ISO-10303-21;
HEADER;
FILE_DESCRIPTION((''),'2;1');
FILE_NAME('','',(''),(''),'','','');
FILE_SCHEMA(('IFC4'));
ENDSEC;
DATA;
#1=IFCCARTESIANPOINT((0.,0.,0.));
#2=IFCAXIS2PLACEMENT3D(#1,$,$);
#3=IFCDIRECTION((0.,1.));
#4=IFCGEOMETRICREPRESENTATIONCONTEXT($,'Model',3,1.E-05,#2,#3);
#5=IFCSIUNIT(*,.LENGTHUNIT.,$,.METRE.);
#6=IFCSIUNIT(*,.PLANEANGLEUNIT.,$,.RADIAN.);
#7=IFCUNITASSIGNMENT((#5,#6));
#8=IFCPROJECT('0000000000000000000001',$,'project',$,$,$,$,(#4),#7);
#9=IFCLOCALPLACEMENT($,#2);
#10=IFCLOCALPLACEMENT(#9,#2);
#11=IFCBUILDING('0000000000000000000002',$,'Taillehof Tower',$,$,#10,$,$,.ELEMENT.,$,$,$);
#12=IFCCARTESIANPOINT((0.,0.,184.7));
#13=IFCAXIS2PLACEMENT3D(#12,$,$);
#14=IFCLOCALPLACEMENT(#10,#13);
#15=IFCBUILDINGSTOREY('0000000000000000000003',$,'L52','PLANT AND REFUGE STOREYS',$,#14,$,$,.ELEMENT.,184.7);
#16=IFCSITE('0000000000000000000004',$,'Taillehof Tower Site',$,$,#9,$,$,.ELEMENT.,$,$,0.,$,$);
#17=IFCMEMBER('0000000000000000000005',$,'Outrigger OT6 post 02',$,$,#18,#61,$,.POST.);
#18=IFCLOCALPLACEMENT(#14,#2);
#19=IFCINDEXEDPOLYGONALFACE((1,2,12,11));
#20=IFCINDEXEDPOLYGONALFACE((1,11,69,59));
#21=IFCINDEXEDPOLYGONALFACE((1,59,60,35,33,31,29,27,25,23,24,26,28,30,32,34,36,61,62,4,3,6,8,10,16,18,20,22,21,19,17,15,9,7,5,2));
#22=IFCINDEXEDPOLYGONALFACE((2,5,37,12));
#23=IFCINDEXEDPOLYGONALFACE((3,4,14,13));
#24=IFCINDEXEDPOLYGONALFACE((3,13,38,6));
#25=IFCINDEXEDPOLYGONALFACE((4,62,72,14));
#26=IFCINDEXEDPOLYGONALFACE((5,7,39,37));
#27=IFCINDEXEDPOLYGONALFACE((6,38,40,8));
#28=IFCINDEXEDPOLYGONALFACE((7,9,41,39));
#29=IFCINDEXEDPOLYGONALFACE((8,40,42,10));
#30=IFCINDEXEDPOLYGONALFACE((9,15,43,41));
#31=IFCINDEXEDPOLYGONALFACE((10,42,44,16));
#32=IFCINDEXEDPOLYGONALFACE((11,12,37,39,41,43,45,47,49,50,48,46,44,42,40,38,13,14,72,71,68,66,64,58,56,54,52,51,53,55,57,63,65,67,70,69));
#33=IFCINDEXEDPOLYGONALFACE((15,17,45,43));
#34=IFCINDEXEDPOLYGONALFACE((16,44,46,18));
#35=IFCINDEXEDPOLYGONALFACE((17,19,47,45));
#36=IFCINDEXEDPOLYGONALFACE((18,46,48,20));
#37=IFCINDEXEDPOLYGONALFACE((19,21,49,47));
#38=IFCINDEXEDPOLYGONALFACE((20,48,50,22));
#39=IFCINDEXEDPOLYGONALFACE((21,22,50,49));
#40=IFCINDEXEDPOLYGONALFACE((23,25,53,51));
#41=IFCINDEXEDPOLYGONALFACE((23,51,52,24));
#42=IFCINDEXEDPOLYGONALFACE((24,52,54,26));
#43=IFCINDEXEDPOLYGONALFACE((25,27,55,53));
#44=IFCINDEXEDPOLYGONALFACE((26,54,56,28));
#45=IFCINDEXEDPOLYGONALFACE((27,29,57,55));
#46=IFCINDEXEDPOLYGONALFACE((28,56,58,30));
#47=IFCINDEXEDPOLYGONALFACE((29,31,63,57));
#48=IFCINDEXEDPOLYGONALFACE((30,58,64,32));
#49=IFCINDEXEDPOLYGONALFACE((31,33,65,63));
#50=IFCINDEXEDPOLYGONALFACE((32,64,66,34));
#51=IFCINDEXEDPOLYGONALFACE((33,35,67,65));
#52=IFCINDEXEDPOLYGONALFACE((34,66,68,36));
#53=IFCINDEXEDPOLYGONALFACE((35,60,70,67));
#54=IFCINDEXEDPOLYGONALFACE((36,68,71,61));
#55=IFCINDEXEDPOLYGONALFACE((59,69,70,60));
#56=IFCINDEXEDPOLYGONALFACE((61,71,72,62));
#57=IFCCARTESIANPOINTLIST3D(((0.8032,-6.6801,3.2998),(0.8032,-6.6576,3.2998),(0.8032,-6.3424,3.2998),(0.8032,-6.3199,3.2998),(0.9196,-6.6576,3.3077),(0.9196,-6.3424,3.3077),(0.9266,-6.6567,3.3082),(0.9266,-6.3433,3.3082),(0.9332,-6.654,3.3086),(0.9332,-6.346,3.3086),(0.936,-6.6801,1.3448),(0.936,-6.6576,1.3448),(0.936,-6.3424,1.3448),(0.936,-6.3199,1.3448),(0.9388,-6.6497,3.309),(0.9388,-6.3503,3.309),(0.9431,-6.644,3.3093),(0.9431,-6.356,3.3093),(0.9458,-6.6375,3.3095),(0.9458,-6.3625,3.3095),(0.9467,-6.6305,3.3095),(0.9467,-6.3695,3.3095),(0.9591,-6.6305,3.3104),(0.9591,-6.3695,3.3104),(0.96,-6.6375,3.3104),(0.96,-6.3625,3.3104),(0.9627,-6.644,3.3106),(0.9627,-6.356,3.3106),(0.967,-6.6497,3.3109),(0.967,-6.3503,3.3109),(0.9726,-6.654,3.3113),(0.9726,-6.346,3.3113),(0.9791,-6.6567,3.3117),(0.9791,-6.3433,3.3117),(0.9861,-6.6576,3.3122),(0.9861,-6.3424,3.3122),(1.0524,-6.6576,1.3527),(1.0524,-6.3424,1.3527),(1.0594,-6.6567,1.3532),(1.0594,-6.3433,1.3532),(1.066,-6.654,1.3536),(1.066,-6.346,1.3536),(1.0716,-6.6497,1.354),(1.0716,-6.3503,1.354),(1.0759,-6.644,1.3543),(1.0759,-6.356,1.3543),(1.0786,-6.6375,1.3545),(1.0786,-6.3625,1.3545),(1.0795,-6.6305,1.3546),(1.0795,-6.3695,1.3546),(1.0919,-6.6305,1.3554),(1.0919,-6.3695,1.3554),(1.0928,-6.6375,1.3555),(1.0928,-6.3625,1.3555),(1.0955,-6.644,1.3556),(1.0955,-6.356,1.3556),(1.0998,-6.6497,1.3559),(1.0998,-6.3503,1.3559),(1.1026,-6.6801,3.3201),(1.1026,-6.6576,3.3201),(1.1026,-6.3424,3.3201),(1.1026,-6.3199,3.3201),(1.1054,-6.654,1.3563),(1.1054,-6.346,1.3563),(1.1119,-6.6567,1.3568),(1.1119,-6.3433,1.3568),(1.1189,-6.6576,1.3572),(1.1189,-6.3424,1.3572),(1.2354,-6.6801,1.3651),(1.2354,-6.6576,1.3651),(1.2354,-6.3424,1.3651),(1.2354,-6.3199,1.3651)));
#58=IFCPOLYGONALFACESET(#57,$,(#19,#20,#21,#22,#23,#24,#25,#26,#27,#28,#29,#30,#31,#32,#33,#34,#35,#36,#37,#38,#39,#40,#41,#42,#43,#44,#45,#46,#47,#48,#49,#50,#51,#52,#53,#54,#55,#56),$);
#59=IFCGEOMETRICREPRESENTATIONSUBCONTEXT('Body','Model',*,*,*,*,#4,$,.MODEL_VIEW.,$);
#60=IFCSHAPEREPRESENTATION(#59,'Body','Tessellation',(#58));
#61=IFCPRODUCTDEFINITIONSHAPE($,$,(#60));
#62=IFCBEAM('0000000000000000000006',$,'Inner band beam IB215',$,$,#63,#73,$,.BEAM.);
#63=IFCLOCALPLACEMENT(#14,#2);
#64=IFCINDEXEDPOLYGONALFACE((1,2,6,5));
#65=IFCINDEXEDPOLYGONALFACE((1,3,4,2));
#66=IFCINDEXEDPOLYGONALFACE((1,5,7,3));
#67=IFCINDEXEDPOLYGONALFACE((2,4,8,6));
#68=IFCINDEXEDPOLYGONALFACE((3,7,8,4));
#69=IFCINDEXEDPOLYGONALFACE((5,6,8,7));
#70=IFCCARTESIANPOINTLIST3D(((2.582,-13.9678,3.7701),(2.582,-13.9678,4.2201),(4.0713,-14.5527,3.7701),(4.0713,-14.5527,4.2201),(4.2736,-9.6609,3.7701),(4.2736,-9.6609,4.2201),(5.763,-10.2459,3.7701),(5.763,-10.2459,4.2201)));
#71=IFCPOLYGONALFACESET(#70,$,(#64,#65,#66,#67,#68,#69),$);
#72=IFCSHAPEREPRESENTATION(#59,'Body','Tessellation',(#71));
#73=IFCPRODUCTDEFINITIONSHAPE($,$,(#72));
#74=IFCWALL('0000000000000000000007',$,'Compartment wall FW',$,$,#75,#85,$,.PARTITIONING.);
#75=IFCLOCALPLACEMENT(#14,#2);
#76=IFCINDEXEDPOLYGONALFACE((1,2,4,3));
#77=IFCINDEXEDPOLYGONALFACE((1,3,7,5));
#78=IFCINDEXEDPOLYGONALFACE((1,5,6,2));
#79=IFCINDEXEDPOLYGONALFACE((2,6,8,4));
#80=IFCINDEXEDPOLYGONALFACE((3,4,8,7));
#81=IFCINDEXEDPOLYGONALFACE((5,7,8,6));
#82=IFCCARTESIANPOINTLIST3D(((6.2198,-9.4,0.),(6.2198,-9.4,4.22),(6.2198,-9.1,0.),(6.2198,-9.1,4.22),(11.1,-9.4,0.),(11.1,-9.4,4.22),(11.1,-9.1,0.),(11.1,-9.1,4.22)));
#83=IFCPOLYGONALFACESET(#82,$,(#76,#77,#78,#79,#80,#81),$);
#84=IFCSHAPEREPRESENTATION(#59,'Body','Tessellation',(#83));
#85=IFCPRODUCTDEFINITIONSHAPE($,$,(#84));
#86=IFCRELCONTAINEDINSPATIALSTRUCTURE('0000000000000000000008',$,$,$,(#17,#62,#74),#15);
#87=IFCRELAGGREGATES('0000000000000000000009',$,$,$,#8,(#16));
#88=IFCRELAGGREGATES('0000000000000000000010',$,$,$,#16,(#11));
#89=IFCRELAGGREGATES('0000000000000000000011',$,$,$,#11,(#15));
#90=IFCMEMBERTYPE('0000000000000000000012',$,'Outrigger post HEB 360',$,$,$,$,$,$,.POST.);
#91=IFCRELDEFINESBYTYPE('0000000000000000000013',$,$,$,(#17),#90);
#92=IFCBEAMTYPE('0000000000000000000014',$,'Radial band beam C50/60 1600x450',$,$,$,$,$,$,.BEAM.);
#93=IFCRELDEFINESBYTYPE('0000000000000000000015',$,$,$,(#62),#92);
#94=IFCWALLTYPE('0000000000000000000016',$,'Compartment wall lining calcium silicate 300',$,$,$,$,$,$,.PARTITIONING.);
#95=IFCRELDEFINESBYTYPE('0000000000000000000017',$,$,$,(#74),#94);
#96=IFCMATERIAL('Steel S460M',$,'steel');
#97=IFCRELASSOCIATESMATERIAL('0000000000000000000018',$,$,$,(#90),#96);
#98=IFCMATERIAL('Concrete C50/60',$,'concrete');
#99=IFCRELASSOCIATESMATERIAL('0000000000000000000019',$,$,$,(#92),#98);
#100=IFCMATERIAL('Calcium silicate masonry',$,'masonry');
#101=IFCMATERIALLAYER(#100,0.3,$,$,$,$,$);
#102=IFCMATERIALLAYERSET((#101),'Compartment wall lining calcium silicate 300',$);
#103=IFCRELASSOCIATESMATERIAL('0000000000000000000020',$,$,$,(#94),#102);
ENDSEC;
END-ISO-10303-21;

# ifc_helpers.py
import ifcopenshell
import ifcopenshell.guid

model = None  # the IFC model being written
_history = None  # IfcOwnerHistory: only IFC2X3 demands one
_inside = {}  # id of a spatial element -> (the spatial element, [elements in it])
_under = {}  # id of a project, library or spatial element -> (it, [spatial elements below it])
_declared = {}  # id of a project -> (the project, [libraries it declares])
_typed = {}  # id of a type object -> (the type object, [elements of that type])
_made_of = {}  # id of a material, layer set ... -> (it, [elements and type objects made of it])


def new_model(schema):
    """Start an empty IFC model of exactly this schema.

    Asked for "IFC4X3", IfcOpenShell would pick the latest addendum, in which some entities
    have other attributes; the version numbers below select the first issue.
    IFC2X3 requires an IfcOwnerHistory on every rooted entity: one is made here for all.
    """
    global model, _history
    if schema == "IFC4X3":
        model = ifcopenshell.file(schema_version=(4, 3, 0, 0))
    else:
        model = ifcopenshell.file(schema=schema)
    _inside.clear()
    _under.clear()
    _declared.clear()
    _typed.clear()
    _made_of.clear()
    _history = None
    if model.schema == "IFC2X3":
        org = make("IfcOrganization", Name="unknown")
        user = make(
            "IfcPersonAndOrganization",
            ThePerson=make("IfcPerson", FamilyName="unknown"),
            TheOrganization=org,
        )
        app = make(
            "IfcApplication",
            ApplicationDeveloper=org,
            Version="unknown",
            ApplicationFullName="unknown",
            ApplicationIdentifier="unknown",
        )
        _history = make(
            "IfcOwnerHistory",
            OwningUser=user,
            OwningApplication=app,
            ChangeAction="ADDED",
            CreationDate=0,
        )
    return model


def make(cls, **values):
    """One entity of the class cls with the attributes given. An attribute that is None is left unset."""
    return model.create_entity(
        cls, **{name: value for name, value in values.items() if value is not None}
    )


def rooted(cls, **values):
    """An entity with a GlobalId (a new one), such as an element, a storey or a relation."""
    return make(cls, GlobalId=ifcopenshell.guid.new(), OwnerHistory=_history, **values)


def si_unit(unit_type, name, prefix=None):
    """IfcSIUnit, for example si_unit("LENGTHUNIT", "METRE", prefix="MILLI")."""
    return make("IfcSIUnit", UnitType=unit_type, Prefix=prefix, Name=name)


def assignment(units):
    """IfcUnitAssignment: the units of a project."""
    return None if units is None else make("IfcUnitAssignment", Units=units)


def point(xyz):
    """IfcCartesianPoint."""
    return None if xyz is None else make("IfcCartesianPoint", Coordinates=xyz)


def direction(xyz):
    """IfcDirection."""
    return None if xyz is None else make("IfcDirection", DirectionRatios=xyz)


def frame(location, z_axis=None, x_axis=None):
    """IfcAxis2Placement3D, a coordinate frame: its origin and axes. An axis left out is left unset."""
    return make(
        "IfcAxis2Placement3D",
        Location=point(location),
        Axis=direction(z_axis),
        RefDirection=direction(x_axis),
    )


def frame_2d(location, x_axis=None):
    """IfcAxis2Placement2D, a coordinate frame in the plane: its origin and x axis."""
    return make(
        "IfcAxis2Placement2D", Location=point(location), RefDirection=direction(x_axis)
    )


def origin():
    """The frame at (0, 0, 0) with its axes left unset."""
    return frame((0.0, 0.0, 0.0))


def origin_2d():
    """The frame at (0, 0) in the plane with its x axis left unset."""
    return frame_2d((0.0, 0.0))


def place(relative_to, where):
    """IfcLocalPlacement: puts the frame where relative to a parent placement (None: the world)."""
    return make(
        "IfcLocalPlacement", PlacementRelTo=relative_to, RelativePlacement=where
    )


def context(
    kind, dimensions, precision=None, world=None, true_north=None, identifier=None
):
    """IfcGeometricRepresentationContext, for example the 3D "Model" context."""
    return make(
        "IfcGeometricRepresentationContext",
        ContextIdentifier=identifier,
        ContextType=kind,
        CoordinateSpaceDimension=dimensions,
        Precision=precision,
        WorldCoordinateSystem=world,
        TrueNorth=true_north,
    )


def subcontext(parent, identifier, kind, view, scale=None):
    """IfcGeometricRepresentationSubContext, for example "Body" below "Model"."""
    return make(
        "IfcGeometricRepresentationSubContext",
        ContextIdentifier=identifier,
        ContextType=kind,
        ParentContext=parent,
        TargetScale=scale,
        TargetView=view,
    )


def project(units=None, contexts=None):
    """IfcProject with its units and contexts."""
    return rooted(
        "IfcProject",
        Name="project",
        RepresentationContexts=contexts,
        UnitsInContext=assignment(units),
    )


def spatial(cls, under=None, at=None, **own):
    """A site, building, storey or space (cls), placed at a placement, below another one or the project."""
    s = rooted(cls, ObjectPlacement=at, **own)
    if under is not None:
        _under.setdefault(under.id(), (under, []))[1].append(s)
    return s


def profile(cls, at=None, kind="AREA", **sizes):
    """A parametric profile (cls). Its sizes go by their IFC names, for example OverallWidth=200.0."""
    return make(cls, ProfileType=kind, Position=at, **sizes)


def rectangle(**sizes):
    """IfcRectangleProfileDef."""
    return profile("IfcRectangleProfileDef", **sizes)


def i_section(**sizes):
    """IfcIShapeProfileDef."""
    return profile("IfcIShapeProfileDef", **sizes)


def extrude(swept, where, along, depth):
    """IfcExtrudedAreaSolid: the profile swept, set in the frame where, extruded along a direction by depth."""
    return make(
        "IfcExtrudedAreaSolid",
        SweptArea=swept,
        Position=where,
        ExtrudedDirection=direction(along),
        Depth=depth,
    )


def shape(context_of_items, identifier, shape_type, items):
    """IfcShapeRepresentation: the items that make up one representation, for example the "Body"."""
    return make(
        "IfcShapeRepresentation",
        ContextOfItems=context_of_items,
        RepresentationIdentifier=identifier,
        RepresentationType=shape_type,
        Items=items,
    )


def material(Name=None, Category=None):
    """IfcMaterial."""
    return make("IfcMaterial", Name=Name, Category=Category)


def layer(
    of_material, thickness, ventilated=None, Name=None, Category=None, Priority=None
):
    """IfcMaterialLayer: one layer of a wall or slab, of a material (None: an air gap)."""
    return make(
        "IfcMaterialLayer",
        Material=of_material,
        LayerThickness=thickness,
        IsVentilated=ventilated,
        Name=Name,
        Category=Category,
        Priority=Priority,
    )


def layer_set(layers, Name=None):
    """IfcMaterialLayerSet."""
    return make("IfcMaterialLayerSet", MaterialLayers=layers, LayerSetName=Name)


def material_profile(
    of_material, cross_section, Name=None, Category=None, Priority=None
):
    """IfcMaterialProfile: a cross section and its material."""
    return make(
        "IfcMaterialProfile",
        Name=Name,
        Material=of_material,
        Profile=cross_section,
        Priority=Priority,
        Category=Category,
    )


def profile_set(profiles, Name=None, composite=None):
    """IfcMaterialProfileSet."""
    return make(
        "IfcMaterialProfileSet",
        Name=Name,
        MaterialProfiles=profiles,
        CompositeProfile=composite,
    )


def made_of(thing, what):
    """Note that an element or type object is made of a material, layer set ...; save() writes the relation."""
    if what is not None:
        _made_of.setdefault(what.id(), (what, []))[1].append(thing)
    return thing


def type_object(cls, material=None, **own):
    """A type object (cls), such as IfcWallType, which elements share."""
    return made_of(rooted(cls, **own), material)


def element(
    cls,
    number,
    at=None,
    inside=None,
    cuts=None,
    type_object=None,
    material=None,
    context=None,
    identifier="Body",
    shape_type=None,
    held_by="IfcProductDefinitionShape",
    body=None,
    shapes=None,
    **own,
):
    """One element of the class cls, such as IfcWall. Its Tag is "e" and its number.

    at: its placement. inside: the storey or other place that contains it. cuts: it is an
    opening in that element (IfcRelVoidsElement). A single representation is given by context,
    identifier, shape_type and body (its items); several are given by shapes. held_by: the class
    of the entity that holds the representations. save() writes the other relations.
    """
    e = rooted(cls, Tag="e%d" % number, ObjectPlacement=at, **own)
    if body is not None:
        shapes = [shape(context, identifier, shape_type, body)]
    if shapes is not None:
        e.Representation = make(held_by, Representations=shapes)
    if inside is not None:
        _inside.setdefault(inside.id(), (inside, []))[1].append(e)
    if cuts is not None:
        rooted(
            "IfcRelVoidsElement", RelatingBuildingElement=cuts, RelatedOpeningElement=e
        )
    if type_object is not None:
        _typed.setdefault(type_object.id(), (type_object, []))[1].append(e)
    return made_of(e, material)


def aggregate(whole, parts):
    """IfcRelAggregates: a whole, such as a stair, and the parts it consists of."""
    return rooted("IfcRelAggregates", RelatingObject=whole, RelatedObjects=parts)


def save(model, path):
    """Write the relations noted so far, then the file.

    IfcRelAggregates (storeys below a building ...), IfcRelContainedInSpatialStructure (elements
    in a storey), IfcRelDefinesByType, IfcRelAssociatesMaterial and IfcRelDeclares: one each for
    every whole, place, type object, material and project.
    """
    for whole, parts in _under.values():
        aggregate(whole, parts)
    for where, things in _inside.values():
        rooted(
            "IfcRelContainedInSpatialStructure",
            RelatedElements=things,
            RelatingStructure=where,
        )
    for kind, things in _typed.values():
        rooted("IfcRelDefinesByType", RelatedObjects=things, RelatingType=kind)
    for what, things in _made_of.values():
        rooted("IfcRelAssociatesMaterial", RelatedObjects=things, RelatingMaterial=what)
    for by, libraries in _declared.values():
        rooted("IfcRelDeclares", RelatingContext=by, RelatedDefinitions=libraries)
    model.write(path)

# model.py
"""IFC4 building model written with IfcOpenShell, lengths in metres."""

from ifc_helpers import new_model, si_unit, direction, frame, frame_2d, origin, origin_2d, place, context, subcontext, project, spatial, rectangle, i_section, extrude, material, layer, layer_set, material_profile, profile_set, type_object, element, save


model = new_model("IFC4")

# Units and contexts
model_context = context("Model", 3, precision=1e-05, world=origin(), true_north=direction((0.0, 1.0)))
body_context = subcontext(model_context, "Body", "Model", "MODEL_VIEW")
ifc_project = project(units=[si_unit("LENGTHUNIT", "METRE"), si_unit("PLANEANGLEUNIT", "RADIAN")], contexts=[model_context])

# Site, building, storey
site_placement = place(None, origin())
site = spatial("IfcSite", under=ifc_project, at=site_placement, Name="Taillehof Tower Site", CompositionType="ELEMENT", RefElevation=0.0)
building_placement = place(site_placement, origin())
building = spatial("IfcBuilding", under=site, at=building_placement, Name="Taillehof Tower", CompositionType="ELEMENT")
storey_placement = place(building_placement, frame((0.0, 0.0, 184.7)))
storey = spatial("IfcBuildingStorey", under=building, at=storey_placement, Name="L52", Description="PLANT AND REFUGE STOREYS", CompositionType="ELEMENT", Elevation=184.7)

# Member
ifc_material_1 = material(Name="Steel S460M", Category="steel")
ifc_material_profile_1 = material_profile(ifc_material_1, i_section(OverallWidth=0.3, OverallDepth=0.3601, WebThickness=0.0125, FlangeThickness=0.0225, FilletRadius=0.0271, at=origin_2d()), Name="HEB 360")
ifc_profile_set_1 = profile_set([ifc_material_profile_1], Name="Steel S460M")
member_type_1 = type_object("IfcMemberType", Name="Outrigger post HEB 360", PredefinedType="POST", material=ifc_profile_set_1)
member_1_placement = place(storey_placement, frame((1.0857, -6.5, 1.355), z_axis=(-0.067776, 0.0, 0.997701), x_axis=(0.997701, 0.0, 0.067776)))
element("IfcMember", 1, at=member_1_placement, inside=storey, type_object=member_type_1, Name="Outrigger OT6 post 02", PredefinedType="POST", context=body_context, shape_type="SweptSolid", body=[
    extrude(i_section(OverallWidth=0.3, OverallDepth=0.3601, WebThickness=0.0125, FlangeThickness=0.0225, FilletRadius=0.0271, at=origin_2d()), origin(), (0.0, 0.0, 1.0), 1.9595),
])

# Beam
ifc_material_2 = material(Name="Concrete C50/60", Category="concrete")
ifc_material_profile_2 = material_profile(ifc_material_2, rectangle(XDim=1.6001, YDim=0.45, at=origin_2d()), Name="RC 1600x450")
ifc_profile_set_2 = profile_set([ifc_material_profile_2], Name="Concrete C50/60")
beam_type = type_object("IfcBeamType", Name="Radial band beam C50/60 1600x450", PredefinedType="BEAM", material=ifc_profile_set_2)
beam_placement = place(storey_placement, frame((3.3267, -14.2603, 3.9951), z_axis=(0.365589, 0.930777, 0.0), x_axis=(-0.930777, 0.365589, 0.0)))
element("IfcBeam", 2, at=beam_placement, inside=storey, type_object=beam_type, Name="Inner band beam IB215", PredefinedType="BEAM", context=body_context, shape_type="SweptSolid", body=[
    extrude(rectangle(XDim=1.6001, YDim=0.45, at=origin_2d()), origin(), (0.0, 0.0, 1.0), 4.6272),
])

# Wall
ifc_material_3 = material(Name="Calcium silicate masonry", Category="masonry")
ifc_layer_1 = layer(ifc_material_3, 0.3)
ifc_layer_set_1 = layer_set([ifc_layer_1], Name="Compartment wall lining calcium silicate 300")
wall_type_1 = type_object("IfcWallType", Name="Compartment wall lining calcium silicate 300", PredefinedType="PARTITIONING", material=ifc_layer_set_1)
wall_1_placement = place(storey_placement, frame((6.22, -9.25, 0.0), z_axis=(0.0, 0.0, 1.0), x_axis=(1.0, 0.0, 0.0)))
element("IfcWall", 3, at=wall_1_placement, inside=storey, type_object=wall_type_1, Name="Compartment wall FW", PredefinedType="PARTITIONING", context=body_context, shape_type="SweptSolid", body=[
    extrude(rectangle(XDim=4.8801, YDim=0.3, at=frame_2d((2.4399, 0.0))), origin(), (0.0, 0.0, 1.0), 4.22),
])

save(model, "model.ifc")
